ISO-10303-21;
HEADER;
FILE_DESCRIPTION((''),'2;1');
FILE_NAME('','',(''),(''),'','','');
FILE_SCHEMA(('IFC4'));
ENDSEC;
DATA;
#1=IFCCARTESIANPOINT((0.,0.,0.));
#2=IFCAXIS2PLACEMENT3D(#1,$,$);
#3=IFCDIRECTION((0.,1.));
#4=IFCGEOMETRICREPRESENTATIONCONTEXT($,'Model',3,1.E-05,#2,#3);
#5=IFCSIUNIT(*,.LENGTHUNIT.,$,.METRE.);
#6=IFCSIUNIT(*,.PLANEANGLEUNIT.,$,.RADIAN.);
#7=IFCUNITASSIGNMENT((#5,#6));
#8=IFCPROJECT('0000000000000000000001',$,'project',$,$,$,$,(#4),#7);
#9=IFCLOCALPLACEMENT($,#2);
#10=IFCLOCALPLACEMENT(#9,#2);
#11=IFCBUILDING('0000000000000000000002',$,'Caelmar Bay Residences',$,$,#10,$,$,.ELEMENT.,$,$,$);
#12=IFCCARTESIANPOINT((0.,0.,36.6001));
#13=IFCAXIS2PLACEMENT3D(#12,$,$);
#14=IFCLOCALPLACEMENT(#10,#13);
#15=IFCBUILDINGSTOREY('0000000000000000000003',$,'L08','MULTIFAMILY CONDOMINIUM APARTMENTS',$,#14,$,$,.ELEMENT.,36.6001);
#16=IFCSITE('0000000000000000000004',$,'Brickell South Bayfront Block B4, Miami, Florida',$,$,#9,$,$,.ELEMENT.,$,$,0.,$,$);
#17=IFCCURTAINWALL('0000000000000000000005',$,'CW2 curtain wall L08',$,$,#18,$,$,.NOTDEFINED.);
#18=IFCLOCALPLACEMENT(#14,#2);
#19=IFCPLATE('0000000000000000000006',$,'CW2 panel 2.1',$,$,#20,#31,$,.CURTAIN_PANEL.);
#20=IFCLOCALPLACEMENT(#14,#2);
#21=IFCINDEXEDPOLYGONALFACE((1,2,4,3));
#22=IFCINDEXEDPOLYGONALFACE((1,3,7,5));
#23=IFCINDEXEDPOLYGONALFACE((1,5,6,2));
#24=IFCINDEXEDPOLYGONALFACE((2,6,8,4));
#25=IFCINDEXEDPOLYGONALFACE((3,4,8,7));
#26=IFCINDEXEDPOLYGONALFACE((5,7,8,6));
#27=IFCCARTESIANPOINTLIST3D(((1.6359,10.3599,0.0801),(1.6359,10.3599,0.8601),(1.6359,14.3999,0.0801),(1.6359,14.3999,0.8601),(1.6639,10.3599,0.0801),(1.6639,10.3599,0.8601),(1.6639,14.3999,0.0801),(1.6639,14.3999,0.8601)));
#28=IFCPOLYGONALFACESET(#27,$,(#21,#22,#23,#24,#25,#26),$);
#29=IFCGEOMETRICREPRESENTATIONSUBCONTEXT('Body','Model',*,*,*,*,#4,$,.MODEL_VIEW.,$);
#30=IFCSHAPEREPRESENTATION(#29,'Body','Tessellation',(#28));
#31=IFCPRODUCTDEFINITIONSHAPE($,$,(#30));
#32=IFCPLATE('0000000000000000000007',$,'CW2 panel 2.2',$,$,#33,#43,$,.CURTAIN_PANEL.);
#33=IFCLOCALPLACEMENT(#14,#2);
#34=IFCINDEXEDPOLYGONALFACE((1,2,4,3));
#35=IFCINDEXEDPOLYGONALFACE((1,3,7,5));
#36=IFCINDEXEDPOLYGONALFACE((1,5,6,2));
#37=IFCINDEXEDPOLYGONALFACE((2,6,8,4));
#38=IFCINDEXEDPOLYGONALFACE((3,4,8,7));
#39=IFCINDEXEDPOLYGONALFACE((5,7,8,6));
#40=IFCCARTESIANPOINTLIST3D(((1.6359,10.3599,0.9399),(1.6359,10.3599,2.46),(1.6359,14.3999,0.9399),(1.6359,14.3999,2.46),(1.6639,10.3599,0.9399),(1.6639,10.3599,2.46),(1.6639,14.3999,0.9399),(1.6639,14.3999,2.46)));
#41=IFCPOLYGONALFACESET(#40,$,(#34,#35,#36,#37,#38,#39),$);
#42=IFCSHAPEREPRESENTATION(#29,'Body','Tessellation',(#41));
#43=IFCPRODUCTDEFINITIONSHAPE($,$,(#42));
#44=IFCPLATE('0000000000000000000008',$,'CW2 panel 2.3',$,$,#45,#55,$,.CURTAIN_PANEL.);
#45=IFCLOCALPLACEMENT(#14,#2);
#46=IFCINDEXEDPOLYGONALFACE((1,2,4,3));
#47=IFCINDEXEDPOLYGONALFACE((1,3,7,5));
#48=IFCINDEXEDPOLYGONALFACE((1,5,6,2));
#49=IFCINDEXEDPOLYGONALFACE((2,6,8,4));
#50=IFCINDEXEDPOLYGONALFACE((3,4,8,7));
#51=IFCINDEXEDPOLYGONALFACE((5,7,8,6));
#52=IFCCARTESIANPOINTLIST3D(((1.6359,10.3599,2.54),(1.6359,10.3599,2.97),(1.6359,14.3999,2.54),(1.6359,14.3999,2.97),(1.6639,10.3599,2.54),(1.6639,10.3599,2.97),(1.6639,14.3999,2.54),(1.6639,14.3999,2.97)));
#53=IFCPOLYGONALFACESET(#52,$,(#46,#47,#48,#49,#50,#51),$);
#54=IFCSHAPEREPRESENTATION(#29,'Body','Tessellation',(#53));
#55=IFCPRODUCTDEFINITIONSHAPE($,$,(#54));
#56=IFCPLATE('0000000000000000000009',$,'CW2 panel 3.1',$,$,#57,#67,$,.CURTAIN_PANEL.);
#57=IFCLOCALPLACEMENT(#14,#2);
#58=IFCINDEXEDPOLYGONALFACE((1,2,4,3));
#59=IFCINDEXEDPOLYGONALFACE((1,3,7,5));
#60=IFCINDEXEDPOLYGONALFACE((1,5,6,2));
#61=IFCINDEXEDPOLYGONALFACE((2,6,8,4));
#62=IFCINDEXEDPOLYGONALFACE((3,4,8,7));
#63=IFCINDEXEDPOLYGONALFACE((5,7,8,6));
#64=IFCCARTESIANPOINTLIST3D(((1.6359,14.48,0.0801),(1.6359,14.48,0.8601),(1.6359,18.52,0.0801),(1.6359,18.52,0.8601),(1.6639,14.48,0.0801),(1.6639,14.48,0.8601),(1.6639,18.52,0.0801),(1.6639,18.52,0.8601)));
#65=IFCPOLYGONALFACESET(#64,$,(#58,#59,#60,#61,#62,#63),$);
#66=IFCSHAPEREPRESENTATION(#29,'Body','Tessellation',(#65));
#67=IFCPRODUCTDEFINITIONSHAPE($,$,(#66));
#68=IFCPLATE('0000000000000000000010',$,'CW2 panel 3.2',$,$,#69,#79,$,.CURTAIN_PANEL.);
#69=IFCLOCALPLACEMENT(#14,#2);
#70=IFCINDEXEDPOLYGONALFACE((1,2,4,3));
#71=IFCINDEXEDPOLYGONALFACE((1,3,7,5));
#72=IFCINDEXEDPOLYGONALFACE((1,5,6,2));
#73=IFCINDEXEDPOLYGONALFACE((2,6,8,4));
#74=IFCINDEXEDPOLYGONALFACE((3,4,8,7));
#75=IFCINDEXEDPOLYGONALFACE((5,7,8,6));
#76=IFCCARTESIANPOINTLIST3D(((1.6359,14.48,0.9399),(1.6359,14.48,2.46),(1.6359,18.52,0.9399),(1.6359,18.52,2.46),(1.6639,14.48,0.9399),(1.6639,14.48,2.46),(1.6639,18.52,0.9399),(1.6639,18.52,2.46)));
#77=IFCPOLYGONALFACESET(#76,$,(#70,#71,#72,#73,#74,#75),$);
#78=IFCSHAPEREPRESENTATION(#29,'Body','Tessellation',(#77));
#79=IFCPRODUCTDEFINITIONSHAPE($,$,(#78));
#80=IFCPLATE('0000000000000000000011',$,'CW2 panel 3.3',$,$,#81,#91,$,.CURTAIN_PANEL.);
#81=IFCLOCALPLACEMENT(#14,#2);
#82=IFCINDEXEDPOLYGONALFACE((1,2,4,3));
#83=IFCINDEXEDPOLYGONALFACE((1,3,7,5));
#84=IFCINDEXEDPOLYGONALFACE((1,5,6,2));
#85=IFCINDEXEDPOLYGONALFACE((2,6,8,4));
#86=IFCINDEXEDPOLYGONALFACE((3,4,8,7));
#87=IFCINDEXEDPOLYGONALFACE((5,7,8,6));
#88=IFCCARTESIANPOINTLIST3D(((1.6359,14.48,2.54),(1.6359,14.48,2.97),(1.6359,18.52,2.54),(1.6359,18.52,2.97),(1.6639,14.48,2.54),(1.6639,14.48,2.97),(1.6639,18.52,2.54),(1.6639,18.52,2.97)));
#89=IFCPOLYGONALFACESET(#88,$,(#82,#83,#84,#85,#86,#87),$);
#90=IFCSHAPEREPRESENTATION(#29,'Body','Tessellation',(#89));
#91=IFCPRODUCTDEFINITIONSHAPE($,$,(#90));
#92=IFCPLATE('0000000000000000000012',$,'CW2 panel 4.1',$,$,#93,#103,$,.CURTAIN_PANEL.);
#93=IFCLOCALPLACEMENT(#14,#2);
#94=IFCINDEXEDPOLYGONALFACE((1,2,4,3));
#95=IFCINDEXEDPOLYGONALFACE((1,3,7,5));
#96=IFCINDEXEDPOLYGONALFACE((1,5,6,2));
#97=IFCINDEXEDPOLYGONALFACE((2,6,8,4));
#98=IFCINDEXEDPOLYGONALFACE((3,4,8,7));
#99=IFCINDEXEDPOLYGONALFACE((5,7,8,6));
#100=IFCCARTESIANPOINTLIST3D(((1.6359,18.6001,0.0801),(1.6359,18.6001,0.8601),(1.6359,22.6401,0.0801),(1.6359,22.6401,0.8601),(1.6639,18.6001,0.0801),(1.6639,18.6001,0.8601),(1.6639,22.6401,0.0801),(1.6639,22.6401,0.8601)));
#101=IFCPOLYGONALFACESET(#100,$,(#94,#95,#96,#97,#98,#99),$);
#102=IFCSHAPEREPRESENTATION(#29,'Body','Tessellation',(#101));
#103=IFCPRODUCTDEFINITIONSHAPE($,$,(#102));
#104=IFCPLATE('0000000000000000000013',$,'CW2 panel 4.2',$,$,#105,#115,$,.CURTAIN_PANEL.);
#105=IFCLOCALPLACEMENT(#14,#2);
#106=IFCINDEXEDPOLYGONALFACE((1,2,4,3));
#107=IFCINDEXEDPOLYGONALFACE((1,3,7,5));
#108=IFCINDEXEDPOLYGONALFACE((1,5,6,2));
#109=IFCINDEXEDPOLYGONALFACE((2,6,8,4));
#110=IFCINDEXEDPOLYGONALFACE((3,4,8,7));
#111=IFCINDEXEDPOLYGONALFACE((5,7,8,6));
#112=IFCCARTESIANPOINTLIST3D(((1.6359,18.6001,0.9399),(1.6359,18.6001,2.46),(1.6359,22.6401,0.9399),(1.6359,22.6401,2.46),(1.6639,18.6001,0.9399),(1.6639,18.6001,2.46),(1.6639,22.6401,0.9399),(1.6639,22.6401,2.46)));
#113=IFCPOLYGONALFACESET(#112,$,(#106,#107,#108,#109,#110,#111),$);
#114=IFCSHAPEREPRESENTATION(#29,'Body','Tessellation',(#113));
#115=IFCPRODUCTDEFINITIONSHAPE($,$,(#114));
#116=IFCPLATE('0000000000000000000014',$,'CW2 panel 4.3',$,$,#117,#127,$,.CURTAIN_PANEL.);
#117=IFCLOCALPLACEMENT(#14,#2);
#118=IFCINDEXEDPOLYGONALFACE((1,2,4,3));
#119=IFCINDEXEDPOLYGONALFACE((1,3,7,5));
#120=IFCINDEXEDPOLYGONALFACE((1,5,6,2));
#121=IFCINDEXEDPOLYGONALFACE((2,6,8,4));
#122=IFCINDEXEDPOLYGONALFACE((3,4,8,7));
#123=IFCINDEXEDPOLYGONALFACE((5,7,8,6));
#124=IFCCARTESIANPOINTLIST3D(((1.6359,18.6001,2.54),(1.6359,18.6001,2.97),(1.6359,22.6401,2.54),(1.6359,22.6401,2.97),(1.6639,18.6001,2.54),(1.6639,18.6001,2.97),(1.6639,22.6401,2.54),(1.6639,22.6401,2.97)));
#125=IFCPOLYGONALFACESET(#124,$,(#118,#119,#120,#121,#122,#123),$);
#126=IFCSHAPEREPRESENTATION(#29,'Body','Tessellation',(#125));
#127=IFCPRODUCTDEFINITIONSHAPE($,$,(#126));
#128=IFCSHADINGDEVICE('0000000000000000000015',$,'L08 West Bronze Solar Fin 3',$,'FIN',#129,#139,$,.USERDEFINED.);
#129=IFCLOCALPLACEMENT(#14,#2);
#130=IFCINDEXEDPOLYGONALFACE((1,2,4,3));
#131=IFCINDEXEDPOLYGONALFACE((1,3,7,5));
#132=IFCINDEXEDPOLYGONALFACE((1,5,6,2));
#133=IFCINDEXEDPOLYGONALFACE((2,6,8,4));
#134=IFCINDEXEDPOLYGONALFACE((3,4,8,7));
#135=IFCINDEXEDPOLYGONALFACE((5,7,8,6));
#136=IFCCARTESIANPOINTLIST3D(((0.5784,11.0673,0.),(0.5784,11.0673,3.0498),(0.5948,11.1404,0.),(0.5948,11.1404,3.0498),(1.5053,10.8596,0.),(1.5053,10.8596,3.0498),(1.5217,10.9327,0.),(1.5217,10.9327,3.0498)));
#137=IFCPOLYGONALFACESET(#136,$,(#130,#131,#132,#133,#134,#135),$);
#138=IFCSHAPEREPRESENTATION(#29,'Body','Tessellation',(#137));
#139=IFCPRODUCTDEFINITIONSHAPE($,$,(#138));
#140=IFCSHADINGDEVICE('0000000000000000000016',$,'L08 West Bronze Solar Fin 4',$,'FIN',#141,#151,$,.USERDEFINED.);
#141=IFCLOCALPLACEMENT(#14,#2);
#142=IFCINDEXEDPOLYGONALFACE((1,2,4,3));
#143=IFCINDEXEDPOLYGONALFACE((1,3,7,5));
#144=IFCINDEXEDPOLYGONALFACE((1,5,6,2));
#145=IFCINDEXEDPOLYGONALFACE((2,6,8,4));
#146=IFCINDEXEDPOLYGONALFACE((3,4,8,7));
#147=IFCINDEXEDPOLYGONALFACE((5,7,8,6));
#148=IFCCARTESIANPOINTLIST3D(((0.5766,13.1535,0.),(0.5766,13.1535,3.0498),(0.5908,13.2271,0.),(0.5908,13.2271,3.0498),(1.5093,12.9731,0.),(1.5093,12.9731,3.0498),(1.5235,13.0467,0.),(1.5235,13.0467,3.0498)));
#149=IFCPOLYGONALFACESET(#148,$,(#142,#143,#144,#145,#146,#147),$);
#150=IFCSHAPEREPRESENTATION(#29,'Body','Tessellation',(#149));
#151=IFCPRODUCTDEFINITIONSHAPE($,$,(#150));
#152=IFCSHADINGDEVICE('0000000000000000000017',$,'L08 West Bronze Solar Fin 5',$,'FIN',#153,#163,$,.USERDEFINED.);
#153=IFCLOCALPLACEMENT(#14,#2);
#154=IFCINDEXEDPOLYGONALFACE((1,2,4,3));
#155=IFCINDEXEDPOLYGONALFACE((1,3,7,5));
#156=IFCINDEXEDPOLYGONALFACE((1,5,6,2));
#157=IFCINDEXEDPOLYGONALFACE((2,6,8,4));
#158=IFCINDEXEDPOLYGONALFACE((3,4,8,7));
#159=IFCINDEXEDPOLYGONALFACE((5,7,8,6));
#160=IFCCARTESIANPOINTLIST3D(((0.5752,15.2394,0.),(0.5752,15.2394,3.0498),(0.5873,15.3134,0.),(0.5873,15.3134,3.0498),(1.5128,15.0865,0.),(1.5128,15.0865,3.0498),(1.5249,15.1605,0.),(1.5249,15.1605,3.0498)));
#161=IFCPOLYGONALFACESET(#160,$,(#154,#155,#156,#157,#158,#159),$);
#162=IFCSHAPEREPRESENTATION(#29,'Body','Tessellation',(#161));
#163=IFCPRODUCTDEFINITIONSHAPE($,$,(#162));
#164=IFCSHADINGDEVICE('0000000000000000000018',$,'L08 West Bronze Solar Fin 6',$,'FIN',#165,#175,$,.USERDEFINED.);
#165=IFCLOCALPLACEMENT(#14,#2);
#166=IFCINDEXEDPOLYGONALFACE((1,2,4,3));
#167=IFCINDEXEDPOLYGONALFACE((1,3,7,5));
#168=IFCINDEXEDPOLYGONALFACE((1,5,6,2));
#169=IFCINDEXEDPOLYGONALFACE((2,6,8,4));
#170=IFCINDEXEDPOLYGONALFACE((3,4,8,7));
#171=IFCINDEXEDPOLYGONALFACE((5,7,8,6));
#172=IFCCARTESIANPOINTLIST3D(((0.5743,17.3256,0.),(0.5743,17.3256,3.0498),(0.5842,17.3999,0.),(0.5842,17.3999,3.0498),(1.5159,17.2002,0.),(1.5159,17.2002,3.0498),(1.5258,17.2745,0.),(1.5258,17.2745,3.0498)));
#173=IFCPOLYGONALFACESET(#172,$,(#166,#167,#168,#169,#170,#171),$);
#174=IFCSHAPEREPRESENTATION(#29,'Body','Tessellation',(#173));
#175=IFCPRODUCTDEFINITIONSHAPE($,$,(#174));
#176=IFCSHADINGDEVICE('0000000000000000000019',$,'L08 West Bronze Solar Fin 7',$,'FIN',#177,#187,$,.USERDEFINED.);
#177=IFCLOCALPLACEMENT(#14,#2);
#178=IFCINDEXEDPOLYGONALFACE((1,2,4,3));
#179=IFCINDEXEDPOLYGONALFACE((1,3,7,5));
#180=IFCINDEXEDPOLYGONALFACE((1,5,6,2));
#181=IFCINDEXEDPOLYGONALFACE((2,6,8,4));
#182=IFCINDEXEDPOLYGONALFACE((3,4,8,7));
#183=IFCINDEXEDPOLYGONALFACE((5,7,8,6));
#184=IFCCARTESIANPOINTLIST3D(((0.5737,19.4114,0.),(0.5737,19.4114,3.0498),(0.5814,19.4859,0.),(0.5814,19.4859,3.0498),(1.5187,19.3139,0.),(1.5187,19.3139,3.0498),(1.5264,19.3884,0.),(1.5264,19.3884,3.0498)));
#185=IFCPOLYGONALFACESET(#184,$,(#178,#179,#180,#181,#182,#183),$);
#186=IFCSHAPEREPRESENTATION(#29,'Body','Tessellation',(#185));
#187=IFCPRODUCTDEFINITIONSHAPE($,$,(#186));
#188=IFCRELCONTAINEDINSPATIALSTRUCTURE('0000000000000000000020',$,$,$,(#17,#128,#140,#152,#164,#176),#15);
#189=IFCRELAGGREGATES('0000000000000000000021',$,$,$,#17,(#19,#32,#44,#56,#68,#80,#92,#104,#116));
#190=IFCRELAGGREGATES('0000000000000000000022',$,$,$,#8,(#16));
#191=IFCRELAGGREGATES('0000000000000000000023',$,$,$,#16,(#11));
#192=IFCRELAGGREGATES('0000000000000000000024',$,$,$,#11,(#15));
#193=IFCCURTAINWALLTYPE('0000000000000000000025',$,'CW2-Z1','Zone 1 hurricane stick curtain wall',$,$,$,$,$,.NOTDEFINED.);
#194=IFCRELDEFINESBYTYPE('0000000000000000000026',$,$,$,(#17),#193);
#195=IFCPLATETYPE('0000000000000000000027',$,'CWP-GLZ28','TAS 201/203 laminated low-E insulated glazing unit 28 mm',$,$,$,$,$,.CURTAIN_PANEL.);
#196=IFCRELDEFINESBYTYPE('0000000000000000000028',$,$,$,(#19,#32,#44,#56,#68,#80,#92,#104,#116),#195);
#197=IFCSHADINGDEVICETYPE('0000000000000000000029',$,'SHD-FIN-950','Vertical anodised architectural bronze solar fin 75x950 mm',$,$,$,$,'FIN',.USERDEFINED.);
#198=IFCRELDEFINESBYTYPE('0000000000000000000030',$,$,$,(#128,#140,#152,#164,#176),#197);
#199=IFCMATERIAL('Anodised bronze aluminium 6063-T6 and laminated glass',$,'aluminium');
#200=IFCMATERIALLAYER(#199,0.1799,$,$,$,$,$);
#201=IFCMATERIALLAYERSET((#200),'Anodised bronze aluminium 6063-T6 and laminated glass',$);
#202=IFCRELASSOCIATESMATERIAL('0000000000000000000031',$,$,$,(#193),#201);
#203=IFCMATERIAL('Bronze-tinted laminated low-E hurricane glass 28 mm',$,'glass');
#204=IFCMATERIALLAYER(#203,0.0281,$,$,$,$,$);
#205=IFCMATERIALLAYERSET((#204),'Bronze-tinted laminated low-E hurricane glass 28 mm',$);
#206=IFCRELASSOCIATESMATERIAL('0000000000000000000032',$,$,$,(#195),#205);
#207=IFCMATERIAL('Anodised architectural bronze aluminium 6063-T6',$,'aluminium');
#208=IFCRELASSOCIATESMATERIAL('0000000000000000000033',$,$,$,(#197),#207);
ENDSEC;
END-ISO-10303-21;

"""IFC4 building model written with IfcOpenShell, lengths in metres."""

from ifc_helpers import new_model, si_unit, direction, frame, origin, origin_2d, place, context, subcontext, project, spatial, rectangle, extrude, material, layer, layer_set, material_profile, profile_set, type_object, element, aggregate, save


model = new_model("IFC4")

# Units and contexts
model_context = context("Model", 3, precision=1e-05, world=origin(), true_north=direction((0.0, 1.0)))
body_context = subcontext(model_context, "Body", "Model", "MODEL_VIEW")
ifc_project = project(units=[si_unit("LENGTHUNIT", "METRE"), si_unit("PLANEANGLEUNIT", "RADIAN")], contexts=[model_context])

# Site, building, storey
site_placement = place(None, origin())
site = spatial("IfcSite", under=ifc_project, at=site_placement, Name="Brickell South Bayfront Block B4, Miami, Florida", CompositionType="ELEMENT", RefElevation=0.0)
building_placement = place(site_placement, origin())
building = spatial("IfcBuilding", under=site, at=building_placement, Name="Caelmar Bay Residences", CompositionType="ELEMENT")
storey_placement = place(building_placement, frame((0.0, 0.0, 36.6001)))
storey = spatial("IfcBuildingStorey", under=building, at=storey_placement, Name="L08", Description="MULTIFAMILY CONDOMINIUM APARTMENTS", CompositionType="ELEMENT", Elevation=36.6001)

# Curtain wall, plates
ifc_material_1 = material(Name="Anodised bronze aluminium 6063-T6 and laminated glass", Category="aluminium")
ifc_layer_1 = layer(ifc_material_1, 0.1799)
ifc_layer_set_1 = layer_set([ifc_layer_1], Name="Anodised bronze aluminium 6063-T6 and laminated glass")
curtain_wall_type = type_object("IfcCurtainWallType", Name="CW2-Z1", Description="Zone 1 hurricane stick curtain wall", PredefinedType="NOTDEFINED", material=ifc_layer_set_1)
curtain_wall_placement = place(storey_placement, origin())
curtain_wall = element("IfcCurtainWall", 1, at=curtain_wall_placement, inside=storey, type_object=curtain_wall_type, Name="CW2 curtain wall L08", PredefinedType="NOTDEFINED")
ifc_material_2 = material(Name="Bronze-tinted laminated low-E hurricane glass 28 mm", Category="glass")
ifc_layer_2 = layer(ifc_material_2, 0.0281)
ifc_layer_set_2 = layer_set([ifc_layer_2], Name="Bronze-tinted laminated low-E hurricane glass 28 mm")
plate_type = type_object("IfcPlateType", Name="CWP-GLZ28", Description="TAS 201/203 laminated low-E insulated glazing unit 28 mm", PredefinedType="CURTAIN_PANEL", material=ifc_layer_set_2)
plate_1_placement = place(storey_placement, frame((1.6499, 12.3799, 0.0801), z_axis=(0.0, 0.0, 1.0), x_axis=(0.0, 1.0, 0.0)))
plate_1 = element("IfcPlate", 2, at=plate_1_placement, type_object=plate_type, Name="CW2 panel 2.1", PredefinedType="CURTAIN_PANEL", context=body_context, shape_type="SweptSolid", body=[
    extrude(rectangle(XDim=4.04, YDim=0.0281, at=origin_2d()), origin(), (0.0, 0.0, 1.0), 0.78),
])
plate_2_placement = place(storey_placement, frame((1.6499, 12.3799, 0.9399), z_axis=(0.0, 0.0, 1.0), x_axis=(0.0, 1.0, 0.0)))
plate_2 = element("IfcPlate", 3, at=plate_2_placement, type_object=plate_type, Name="CW2 panel 2.2", PredefinedType="CURTAIN_PANEL", context=body_context, shape_type="SweptSolid", body=[
    extrude(rectangle(XDim=4.04, YDim=0.0281, at=origin_2d()), origin(), (0.0, 0.0, 1.0), 1.52),
])
plate_3_placement = place(storey_placement, frame((1.6499, 12.3799, 2.54), z_axis=(0.0, 0.0, 1.0), x_axis=(0.0, 1.0, 0.0)))
plate_3 = element("IfcPlate", 4, at=plate_3_placement, type_object=plate_type, Name="CW2 panel 2.3", PredefinedType="CURTAIN_PANEL", context=body_context, shape_type="SweptSolid", body=[
    extrude(rectangle(XDim=4.04, YDim=0.0281, at=origin_2d()), origin(), (0.0, 0.0, 1.0), 0.4299),
])
plate_4_placement = place(storey_placement, frame((1.6499, 16.5, 0.0801), z_axis=(0.0, 0.0, 1.0), x_axis=(0.0, 1.0, 0.0)))
plate_4 = element("IfcPlate", 5, at=plate_4_placement, type_object=plate_type, Name="CW2 panel 3.1", PredefinedType="CURTAIN_PANEL", context=body_context, shape_type="SweptSolid", body=[
    extrude(rectangle(XDim=4.04, YDim=0.0281, at=origin_2d()), origin(), (0.0, 0.0, 1.0), 0.78),
])
plate_5_placement = place(storey_placement, frame((1.6499, 16.5, 0.9399), z_axis=(0.0, 0.0, 1.0), x_axis=(0.0, 1.0, 0.0)))
plate_5 = element("IfcPlate", 6, at=plate_5_placement, type_object=plate_type, Name="CW2 panel 3.2", PredefinedType="CURTAIN_PANEL", context=body_context, shape_type="SweptSolid", body=[
    extrude(rectangle(XDim=4.04, YDim=0.0281, at=origin_2d()), origin(), (0.0, 0.0, 1.0), 1.52),
])
plate_6_placement = place(storey_placement, frame((1.6499, 16.5, 2.54), z_axis=(0.0, 0.0, 1.0), x_axis=(0.0, 1.0, 0.0)))
plate_6 = element("IfcPlate", 7, at=plate_6_placement, type_object=plate_type, Name="CW2 panel 3.3", PredefinedType="CURTAIN_PANEL", context=body_context, shape_type="SweptSolid", body=[
    extrude(rectangle(XDim=4.04, YDim=0.0281, at=origin_2d()), origin(), (0.0, 0.0, 1.0), 0.4299),
])
plate_7_placement = place(storey_placement, frame((1.6499, 20.6201, 0.0801), z_axis=(0.0, 0.0, 1.0), x_axis=(0.0, 1.0, 0.0)))
plate_7 = element("IfcPlate", 8, at=plate_7_placement, type_object=plate_type, Name="CW2 panel 4.1", PredefinedType="CURTAIN_PANEL", context=body_context, shape_type="SweptSolid", body=[
    extrude(rectangle(XDim=4.04, YDim=0.0281, at=origin_2d()), origin(), (0.0, 0.0, 1.0), 0.78),
])
plate_8_placement = place(storey_placement, frame((1.6499, 20.6201, 0.9399), z_axis=(0.0, 0.0, 1.0), x_axis=(0.0, 1.0, 0.0)))
plate_8 = element("IfcPlate", 9, at=plate_8_placement, type_object=plate_type, Name="CW2 panel 4.2", PredefinedType="CURTAIN_PANEL", context=body_context, shape_type="SweptSolid", body=[
    extrude(rectangle(XDim=4.04, YDim=0.0281, at=origin_2d()), origin(), (0.0, 0.0, 1.0), 1.52),
])
plate_9_placement = place(storey_placement, frame((1.6499, 20.6201, 2.54), z_axis=(0.0, 0.0, 1.0), x_axis=(0.0, 1.0, 0.0)))
plate_9 = element("IfcPlate", 10, at=plate_9_placement, type_object=plate_type, Name="CW2 panel 4.3", PredefinedType="CURTAIN_PANEL", context=body_context, shape_type="SweptSolid", body=[
    extrude(rectangle(XDim=4.04, YDim=0.0281, at=origin_2d()), origin(), (0.0, 0.0, 1.0), 0.4299),
])
aggregate(curtain_wall, [plate_1, plate_2, plate_3, plate_4, plate_5, plate_6, plate_7, plate_8, plate_9])

# Shading devices
ifc_material_3 = material(Name="Anodised architectural bronze aluminium 6063-T6", Category="aluminium")
ifc_material_profile_1 = material_profile(ifc_material_3, rectangle(XDim=0.075, YDim=0.95, at=origin_2d()), Name="BRONZE-FIN-75X950")
ifc_profile_set_1 = profile_set([ifc_material_profile_1], Name="Anodised architectural bronze aluminium 6063-T6")
shading_device_type = type_object("IfcShadingDeviceType", Name="SHD-FIN-950", Description="Vertical anodised architectural bronze solar fin 75x950 mm", ElementType="FIN", PredefinedType="USERDEFINED", material=ifc_profile_set_1)
for number, where, z_axis, x_axis, name in (
    (11, (1.05, 11.0, 0.0), (0.0, 0.0, 1.0), (0.218654, 0.975802, 0.0), "L08 West Bronze Solar Fin 3"),
    (12, (1.05, 13.1001, 0.0), (0.0, 0.0, 1.0), (0.189952, 0.981793, 0.0), "L08 West Bronze Solar Fin 4"),
    (13, (1.05, 15.2, 0.0), (0.0, 0.0, 1.0), (0.160915, 0.986968, 0.0), "L08 West Bronze Solar Fin 5"),
    (14, (1.05, 17.3, 0.0), (0.0, 0.0, 1.0), (0.13191, 0.991262, 0.0), "L08 West Bronze Solar Fin 6"),
    (15, (1.05, 19.3999, 0.0), (0.0, 0.0, 1.0), (0.102619, 0.994721, 0.0), "L08 West Bronze Solar Fin 7"),
):
    element("IfcShadingDevice", number, at=place(storey_placement, frame(where, z_axis=z_axis, x_axis=x_axis)), inside=storey, type_object=shading_device_type, Name=name, ObjectType="FIN", PredefinedType="USERDEFINED", context=body_context, shape_type="SweptSolid", body=[
        extrude(rectangle(XDim=0.075, YDim=0.95, at=origin_2d()), origin(), (0.0, 0.0, 1.0), 3.0498),
    ])

save(model, "model.ifc")
